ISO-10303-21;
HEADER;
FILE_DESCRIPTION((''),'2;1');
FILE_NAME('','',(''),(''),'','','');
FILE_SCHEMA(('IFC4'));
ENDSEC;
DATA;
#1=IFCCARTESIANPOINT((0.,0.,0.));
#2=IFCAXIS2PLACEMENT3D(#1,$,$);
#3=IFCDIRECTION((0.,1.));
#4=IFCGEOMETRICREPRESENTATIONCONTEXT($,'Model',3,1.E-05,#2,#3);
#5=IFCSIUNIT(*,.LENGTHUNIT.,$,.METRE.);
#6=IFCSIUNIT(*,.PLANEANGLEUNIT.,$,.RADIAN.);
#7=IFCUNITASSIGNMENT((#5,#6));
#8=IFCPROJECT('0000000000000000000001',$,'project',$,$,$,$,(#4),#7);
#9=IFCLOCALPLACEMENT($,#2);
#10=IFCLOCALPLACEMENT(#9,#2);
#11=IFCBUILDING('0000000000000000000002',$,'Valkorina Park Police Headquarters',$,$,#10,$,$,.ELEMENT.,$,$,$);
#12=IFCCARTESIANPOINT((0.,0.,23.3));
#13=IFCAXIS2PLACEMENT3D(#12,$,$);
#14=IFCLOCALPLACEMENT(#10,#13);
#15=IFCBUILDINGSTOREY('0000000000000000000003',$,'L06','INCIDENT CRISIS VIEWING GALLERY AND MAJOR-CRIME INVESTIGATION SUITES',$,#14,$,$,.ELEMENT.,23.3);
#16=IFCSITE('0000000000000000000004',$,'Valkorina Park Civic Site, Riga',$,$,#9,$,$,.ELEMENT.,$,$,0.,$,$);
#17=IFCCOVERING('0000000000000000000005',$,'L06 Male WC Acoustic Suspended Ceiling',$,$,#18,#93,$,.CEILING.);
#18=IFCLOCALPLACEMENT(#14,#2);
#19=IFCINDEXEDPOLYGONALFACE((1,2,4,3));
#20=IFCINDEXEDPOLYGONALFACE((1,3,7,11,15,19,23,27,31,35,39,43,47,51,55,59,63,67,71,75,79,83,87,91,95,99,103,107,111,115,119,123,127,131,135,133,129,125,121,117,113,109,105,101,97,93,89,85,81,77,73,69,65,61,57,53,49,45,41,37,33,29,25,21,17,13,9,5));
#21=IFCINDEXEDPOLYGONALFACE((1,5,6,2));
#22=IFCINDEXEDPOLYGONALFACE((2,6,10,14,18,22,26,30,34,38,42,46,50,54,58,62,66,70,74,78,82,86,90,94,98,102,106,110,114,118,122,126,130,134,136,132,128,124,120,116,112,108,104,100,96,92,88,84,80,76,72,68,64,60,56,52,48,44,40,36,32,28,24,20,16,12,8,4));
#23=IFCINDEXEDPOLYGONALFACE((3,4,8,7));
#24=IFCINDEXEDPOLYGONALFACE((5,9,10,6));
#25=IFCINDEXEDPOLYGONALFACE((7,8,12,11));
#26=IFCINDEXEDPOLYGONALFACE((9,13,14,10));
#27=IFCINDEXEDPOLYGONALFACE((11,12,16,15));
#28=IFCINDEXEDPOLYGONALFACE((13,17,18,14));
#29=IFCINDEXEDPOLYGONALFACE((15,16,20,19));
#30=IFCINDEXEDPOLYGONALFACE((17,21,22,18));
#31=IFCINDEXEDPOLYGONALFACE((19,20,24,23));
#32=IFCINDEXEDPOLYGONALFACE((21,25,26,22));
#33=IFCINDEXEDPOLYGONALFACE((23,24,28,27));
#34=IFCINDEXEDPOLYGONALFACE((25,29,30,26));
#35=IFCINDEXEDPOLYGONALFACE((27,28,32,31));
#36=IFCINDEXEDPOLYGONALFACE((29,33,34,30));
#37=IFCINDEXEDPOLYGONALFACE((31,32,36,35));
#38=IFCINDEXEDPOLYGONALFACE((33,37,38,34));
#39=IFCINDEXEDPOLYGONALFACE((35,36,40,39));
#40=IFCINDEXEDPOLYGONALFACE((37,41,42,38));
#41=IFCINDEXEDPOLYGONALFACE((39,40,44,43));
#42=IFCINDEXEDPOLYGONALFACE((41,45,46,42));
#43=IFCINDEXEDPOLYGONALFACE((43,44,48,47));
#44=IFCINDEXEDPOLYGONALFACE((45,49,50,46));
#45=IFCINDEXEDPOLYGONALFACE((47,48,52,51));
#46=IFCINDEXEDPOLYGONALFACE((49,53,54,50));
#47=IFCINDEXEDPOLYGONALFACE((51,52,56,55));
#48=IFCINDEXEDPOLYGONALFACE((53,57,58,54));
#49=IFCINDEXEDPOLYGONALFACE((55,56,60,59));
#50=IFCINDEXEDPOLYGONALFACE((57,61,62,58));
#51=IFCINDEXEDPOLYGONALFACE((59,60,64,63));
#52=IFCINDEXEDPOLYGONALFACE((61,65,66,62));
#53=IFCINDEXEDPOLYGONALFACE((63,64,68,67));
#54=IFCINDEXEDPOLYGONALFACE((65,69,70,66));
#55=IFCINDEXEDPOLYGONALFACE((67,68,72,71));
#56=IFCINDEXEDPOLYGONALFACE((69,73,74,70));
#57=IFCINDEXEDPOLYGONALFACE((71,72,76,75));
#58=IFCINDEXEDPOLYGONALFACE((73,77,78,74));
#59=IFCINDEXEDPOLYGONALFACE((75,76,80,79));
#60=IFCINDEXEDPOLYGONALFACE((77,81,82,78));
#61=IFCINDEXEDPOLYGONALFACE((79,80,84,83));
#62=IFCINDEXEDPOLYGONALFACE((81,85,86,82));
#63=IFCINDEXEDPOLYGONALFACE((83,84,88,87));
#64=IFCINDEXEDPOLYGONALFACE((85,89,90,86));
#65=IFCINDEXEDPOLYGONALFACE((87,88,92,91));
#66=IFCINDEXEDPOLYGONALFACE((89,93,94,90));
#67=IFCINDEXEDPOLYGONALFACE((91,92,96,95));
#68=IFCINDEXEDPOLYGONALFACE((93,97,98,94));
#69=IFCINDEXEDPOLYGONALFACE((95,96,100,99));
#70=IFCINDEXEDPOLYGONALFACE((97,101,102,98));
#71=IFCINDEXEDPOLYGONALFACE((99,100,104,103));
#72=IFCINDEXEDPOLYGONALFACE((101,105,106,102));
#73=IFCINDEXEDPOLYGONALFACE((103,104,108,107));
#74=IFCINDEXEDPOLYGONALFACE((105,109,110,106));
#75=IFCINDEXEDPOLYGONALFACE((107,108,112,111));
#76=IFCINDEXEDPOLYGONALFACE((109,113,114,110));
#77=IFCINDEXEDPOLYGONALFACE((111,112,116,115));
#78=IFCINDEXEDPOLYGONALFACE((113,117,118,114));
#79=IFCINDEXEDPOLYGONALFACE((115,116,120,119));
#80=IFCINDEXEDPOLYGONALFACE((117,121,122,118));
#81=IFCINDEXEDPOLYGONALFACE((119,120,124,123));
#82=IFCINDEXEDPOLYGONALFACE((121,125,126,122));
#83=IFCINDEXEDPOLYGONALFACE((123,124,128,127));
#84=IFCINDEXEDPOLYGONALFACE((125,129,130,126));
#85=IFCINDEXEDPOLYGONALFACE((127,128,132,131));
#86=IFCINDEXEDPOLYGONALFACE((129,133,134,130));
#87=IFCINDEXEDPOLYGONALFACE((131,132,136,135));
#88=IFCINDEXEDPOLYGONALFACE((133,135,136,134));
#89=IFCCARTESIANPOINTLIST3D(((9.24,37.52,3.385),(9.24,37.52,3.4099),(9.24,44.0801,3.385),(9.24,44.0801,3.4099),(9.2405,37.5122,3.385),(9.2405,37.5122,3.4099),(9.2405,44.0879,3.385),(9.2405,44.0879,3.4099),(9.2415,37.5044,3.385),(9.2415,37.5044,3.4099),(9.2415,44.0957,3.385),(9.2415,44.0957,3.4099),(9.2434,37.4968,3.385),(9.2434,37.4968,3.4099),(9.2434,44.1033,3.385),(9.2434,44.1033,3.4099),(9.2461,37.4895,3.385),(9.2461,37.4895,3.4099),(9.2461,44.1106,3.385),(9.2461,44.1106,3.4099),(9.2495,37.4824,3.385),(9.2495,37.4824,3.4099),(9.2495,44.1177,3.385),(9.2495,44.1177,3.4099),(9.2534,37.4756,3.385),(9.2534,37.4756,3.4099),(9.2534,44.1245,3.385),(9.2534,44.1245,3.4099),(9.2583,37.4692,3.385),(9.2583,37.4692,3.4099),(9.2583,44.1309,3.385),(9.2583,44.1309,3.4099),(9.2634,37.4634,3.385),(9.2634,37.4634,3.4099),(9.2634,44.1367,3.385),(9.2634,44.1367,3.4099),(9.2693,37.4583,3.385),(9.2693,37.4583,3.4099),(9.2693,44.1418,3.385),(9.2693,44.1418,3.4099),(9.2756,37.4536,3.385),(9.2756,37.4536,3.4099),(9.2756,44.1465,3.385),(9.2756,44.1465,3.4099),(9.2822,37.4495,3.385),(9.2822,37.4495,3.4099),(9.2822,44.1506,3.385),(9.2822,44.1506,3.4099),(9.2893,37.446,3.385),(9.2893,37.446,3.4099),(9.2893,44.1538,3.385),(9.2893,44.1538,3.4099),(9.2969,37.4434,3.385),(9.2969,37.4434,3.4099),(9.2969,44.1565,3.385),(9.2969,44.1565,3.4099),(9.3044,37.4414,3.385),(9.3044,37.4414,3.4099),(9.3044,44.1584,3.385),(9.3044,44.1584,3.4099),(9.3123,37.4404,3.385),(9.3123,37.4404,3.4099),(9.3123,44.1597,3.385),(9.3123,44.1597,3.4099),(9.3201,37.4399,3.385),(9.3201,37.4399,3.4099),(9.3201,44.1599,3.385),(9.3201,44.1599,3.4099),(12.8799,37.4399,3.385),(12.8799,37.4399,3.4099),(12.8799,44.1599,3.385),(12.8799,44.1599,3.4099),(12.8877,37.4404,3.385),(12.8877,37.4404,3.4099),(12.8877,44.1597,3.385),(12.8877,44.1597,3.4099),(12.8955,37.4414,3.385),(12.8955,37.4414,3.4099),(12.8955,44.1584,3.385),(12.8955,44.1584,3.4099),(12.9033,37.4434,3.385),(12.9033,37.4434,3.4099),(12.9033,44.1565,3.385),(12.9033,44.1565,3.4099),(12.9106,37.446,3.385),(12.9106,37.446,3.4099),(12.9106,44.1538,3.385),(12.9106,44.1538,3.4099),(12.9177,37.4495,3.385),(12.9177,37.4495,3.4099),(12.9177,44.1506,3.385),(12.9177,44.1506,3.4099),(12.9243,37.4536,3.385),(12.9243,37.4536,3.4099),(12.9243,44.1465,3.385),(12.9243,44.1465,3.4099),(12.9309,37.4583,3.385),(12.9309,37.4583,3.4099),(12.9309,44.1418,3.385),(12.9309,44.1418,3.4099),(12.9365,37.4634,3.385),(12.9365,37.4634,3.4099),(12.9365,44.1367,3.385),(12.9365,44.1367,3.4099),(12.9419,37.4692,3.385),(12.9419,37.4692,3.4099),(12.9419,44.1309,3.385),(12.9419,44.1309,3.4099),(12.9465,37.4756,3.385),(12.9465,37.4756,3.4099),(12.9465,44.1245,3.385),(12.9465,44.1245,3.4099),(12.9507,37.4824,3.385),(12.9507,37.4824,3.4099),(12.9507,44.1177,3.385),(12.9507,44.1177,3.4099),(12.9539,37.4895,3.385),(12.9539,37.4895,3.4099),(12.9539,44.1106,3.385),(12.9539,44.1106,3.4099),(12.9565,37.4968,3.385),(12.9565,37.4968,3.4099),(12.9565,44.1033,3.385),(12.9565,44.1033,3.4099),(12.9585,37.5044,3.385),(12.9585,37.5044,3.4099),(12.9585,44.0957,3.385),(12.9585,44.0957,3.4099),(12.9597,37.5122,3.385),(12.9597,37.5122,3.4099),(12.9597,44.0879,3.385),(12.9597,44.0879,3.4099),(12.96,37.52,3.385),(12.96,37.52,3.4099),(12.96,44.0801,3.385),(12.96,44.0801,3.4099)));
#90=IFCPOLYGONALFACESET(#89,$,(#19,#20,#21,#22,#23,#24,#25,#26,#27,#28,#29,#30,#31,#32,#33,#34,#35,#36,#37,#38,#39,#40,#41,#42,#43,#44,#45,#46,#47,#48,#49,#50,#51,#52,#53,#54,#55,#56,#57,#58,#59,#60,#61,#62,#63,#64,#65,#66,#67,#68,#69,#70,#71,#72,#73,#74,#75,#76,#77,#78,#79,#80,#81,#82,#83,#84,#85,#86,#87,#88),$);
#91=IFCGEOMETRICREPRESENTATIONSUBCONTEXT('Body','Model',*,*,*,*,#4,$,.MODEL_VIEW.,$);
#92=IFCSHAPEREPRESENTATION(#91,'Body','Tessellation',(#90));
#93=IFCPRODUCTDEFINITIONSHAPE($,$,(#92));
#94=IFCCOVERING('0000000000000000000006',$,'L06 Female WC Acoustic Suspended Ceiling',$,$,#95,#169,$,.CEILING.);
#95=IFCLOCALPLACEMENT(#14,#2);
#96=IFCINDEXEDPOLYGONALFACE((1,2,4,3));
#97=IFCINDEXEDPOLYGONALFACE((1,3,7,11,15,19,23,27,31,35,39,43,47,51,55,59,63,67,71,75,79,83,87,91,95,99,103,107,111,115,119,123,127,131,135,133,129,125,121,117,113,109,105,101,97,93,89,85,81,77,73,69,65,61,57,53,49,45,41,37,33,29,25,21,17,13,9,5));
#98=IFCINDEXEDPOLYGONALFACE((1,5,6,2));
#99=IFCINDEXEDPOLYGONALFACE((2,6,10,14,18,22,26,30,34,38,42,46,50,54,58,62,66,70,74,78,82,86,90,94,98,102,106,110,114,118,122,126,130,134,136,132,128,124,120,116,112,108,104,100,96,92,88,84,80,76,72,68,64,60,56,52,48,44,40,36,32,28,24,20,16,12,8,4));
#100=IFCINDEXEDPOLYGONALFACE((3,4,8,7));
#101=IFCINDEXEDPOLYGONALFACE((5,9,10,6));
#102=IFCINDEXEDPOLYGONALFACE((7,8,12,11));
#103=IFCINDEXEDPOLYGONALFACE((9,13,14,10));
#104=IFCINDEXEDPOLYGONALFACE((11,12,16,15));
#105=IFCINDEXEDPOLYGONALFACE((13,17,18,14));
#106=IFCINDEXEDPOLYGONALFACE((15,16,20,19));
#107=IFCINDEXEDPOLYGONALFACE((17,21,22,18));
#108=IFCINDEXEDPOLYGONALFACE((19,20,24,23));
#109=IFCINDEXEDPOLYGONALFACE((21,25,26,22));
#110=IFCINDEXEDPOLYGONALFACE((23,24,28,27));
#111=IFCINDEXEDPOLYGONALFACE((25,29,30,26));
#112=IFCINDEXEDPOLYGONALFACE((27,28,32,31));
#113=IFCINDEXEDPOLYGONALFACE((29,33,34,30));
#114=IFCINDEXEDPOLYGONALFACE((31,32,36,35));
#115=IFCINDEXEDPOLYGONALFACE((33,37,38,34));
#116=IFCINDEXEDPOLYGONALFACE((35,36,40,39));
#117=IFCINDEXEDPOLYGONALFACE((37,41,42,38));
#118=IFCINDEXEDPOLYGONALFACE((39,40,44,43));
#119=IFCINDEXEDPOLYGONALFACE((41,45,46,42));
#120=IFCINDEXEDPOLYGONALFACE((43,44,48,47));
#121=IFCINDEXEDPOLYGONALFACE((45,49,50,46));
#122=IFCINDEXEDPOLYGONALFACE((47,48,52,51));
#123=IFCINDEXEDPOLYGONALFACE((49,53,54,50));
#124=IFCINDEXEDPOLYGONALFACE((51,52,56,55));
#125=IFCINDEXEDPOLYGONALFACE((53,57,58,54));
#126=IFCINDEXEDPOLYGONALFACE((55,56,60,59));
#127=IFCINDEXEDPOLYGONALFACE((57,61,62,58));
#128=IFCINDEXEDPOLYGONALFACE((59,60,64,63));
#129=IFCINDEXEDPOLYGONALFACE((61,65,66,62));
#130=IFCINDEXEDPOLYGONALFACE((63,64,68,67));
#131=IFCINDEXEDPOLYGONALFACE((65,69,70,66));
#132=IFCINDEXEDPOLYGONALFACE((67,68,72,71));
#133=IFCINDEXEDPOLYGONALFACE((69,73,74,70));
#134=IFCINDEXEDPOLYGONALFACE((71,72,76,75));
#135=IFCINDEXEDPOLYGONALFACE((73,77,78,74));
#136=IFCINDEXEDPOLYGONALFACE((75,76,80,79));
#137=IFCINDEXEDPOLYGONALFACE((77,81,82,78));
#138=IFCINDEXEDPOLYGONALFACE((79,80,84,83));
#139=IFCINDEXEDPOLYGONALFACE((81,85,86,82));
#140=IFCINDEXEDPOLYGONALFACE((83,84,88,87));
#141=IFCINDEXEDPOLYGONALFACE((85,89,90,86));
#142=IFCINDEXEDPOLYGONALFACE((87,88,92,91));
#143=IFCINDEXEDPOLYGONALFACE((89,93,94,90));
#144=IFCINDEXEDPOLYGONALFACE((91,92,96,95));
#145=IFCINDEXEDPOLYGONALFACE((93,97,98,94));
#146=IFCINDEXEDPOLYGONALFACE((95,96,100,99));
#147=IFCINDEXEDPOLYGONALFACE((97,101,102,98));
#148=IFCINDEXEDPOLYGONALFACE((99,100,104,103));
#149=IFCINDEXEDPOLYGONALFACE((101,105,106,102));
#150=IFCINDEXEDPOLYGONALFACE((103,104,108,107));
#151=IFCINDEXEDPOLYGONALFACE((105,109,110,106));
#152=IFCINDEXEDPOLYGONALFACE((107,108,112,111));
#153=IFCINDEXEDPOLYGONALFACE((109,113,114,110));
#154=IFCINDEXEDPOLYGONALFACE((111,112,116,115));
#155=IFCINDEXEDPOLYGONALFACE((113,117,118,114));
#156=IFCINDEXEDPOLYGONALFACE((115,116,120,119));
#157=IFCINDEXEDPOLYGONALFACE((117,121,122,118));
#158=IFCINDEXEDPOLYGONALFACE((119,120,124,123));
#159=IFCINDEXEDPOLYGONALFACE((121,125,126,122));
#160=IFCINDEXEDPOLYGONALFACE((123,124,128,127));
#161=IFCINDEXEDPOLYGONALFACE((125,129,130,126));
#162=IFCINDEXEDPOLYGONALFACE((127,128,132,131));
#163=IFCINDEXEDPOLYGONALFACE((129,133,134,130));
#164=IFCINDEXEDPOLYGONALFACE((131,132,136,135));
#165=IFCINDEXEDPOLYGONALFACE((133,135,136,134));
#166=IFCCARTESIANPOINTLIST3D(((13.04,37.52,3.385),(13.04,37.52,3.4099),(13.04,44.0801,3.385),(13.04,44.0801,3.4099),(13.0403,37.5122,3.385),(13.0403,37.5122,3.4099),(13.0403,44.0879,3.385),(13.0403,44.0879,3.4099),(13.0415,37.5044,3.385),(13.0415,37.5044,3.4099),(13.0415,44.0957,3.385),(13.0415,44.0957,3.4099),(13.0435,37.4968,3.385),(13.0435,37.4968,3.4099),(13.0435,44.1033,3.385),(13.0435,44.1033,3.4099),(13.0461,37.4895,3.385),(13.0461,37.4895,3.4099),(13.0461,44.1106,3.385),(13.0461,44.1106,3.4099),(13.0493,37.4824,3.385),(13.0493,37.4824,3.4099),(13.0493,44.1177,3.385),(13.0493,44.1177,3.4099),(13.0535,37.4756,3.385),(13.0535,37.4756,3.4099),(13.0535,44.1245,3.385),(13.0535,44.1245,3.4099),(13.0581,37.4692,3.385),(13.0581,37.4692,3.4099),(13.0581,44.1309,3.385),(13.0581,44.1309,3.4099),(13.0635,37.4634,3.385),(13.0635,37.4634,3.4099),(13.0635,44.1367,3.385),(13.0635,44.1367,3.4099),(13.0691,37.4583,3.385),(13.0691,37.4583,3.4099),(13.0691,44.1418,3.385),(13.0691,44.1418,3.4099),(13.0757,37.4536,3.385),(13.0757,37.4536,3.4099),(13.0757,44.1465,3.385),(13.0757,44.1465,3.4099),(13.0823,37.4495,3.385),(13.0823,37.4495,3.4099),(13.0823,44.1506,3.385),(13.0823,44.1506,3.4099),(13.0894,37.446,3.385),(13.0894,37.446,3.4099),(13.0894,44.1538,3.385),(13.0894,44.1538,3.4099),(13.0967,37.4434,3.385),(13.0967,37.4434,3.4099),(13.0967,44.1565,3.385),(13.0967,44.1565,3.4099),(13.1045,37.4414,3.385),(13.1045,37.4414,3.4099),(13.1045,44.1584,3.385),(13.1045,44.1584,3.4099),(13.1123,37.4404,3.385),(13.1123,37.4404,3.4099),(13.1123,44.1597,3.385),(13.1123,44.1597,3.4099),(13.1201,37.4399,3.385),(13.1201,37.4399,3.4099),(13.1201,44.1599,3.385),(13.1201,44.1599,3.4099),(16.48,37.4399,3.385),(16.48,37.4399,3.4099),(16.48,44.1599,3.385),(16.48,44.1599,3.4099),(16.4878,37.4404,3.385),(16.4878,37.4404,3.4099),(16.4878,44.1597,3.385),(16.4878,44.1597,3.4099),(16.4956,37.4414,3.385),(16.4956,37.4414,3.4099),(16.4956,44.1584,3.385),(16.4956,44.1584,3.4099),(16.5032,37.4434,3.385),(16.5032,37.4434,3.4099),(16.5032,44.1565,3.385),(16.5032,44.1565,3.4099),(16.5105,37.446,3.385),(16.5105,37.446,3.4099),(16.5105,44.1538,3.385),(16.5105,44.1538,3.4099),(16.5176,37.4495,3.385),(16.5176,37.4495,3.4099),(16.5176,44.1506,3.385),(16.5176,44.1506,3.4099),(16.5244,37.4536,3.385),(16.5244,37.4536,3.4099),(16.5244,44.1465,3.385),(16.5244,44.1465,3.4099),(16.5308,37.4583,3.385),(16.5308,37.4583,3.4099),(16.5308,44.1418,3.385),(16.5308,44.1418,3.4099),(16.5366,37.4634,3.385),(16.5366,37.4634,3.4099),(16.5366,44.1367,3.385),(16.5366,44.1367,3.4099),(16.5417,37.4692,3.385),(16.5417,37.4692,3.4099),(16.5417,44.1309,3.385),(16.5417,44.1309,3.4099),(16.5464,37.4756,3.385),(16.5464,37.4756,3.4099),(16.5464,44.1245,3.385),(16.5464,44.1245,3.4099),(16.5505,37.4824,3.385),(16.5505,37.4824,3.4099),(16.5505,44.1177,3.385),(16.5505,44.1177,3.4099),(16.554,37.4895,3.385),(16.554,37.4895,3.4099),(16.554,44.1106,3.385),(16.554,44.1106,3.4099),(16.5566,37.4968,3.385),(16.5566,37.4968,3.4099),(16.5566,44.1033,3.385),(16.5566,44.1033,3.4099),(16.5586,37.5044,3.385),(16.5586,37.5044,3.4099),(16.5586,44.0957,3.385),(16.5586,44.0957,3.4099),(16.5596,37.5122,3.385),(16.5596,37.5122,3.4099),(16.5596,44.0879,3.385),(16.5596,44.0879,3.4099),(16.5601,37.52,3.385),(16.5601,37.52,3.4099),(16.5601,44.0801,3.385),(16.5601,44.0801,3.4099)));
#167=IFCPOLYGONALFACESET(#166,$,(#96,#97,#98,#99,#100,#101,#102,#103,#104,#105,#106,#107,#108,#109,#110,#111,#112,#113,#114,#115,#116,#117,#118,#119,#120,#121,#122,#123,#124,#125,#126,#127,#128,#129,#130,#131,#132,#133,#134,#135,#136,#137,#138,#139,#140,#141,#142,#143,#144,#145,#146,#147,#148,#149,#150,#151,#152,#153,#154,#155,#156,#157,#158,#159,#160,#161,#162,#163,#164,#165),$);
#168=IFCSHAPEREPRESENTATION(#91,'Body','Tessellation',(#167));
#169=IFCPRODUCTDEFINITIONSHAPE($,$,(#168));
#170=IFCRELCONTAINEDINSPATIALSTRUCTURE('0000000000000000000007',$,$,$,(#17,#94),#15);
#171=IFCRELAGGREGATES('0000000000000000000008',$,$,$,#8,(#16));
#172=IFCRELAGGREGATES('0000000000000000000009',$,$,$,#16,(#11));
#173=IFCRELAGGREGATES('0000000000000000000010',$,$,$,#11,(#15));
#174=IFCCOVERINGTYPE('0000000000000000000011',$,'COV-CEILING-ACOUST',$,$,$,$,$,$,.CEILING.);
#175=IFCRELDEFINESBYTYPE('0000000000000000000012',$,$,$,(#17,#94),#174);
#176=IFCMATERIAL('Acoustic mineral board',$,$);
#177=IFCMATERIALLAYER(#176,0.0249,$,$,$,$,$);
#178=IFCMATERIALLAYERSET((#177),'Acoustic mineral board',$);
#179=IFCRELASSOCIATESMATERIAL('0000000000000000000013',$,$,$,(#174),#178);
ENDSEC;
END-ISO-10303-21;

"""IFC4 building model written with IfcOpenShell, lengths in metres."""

from ifc_helpers import new_model, si_unit, direction, frame, origin, place, context, subcontext, project, spatial, polyline, outline, extrude, material, layer, layer_set, type_object, element, save


model = new_model("IFC4")

# Units and contexts
model_context = context("Model", 3, precision=1e-05, world=origin(), true_north=direction((0.0, 1.0)))
body_context = subcontext(model_context, "Body", "Model", "MODEL_VIEW")
ifc_project = project(units=[si_unit("LENGTHUNIT", "METRE"), si_unit("PLANEANGLEUNIT", "RADIAN")], contexts=[model_context])

# Site, building, storey
site_placement = place(None, origin())
site = spatial("IfcSite", under=ifc_project, at=site_placement, Name="Valkorina Park Civic Site, Riga", CompositionType="ELEMENT", RefElevation=0.0)
building_placement = place(site_placement, origin())
building = spatial("IfcBuilding", under=site, at=building_placement, Name="Valkorina Park Police Headquarters", CompositionType="ELEMENT")
storey_placement = place(building_placement, frame((0.0, 0.0, 23.3)))
storey = spatial("IfcBuildingStorey", under=building, at=storey_placement, Name="L06", Description="INCIDENT CRISIS VIEWING GALLERY AND MAJOR-CRIME INVESTIGATION SUITES", CompositionType="ELEMENT", Elevation=23.3)

# Coverings
ifc_material_1 = material(Name="Acoustic mineral board")
ifc_layer_1 = layer(ifc_material_1, 0.0249)
ifc_layer_set_1 = layer_set([ifc_layer_1], Name="Acoustic mineral board")
covering_type_1 = type_object("IfcCoveringType", Name="COV-CEILING-ACOUST", PredefinedType="CEILING", material=ifc_layer_set_1)
covering_1_placement = place(storey_placement, frame((0.0, 0.0, 3.385)))
element("IfcCovering", 1, at=covering_1_placement, inside=storey, type_object=covering_type_1, Name="L06 Male WC Acoustic Suspended Ceiling", PredefinedType="CEILING", context=body_context, shape_type="SweptSolid", body=[
    extrude(outline(polyline([(12.8955, 44.1584), (12.8877, 44.1597), (12.8799, 44.1599), (9.3201, 44.1599), (9.3123, 44.1597), (9.3044, 44.1584), (9.2969, 44.1565), (9.2893, 44.1538), (9.2822, 44.1506), (9.2756, 44.1465), (9.2693, 44.1418), (9.2634, 44.1367), (9.2583, 44.1309), (9.2534, 44.1245), (9.2495, 44.1177), (9.2461, 44.1106), (9.2434, 44.1033), (9.2415, 44.0957), (9.2405, 44.0879), (9.24, 44.0801), (9.24, 37.52), (9.2405, 37.5122), (9.2415, 37.5044), (9.2434, 37.4968), (9.2461, 37.4895), (9.2495, 37.4824), (9.2534, 37.4756), (9.2583, 37.4692), (9.2634, 37.4634), (9.2693, 37.4583), (9.2756, 37.4536), (9.2822, 37.4495), (9.2893, 37.446), (9.2969, 37.4434), (9.3044, 37.4414), (9.3123, 37.4404), (9.3201, 37.4399), (12.8799, 37.4399), (12.8877, 37.4404), (12.8955, 37.4414), (12.9033, 37.4434), (12.9106, 37.446), (12.9177, 37.4495), (12.9243, 37.4536), (12.9309, 37.4583), (12.9365, 37.4634), (12.9419, 37.4692), (12.9465, 37.4756), (12.9507, 37.4824), (12.9539, 37.4895), (12.9565, 37.4968), (12.9585, 37.5044), (12.9597, 37.5122), (12.96, 37.52), (12.96, 44.0801), (12.9597, 44.0879), (12.9585, 44.0957), (12.9565, 44.1033), (12.9539, 44.1106), (12.9507, 44.1177), (12.9465, 44.1245), (12.9419, 44.1309), (12.9365, 44.1367), (12.9309, 44.1418), (12.9243, 44.1465), (12.9177, 44.1506), (12.9106, 44.1538), (12.9033, 44.1565), (12.8955, 44.1584)])), origin(), (0.0, 0.0, 1.0), 0.0249),
])
covering_2_placement = place(storey_placement, frame((0.0, 0.0, 3.385)))
element("IfcCovering", 2, at=covering_2_placement, inside=storey, type_object=covering_type_1, Name="L06 Female WC Acoustic Suspended Ceiling", PredefinedType="CEILING", context=body_context, shape_type="SweptSolid", body=[
    extrude(outline(polyline([(16.4956, 44.1584), (16.4878, 44.1597), (16.48, 44.1599), (13.1201, 44.1599), (13.1123, 44.1597), (13.1045, 44.1584), (13.0967, 44.1565), (13.0894, 44.1538), (13.0823, 44.1506), (13.0757, 44.1465), (13.0691, 44.1418), (13.0635, 44.1367), (13.0581, 44.1309), (13.0535, 44.1245), (13.0493, 44.1177), (13.0461, 44.1106), (13.0435, 44.1033), (13.0415, 44.0957), (13.0403, 44.0879), (13.04, 44.0801), (13.04, 37.52), (13.0403, 37.5122), (13.0415, 37.5044), (13.0435, 37.4968), (13.0461, 37.4895), (13.0493, 37.4824), (13.0535, 37.4756), (13.0581, 37.4692), (13.0635, 37.4634), (13.0691, 37.4583), (13.0757, 37.4536), (13.0823, 37.4495), (13.0894, 37.446), (13.0967, 37.4434), (13.1045, 37.4414), (13.1123, 37.4404), (13.1201, 37.4399), (16.48, 37.4399), (16.4878, 37.4404), (16.4956, 37.4414), (16.5032, 37.4434), (16.5105, 37.446), (16.5176, 37.4495), (16.5244, 37.4536), (16.5308, 37.4583), (16.5366, 37.4634), (16.5417, 37.4692), (16.5464, 37.4756), (16.5505, 37.4824), (16.554, 37.4895), (16.5566, 37.4968), (16.5586, 37.5044), (16.5596, 37.5122), (16.5601, 37.52), (16.5601, 44.0801), (16.5596, 44.0879), (16.5586, 44.0957), (16.5566, 44.1033), (16.554, 44.1106), (16.5505, 44.1177), (16.5464, 44.1245), (16.5417, 44.1309), (16.5366, 44.1367), (16.5308, 44.1418), (16.5244, 44.1465), (16.5176, 44.1506), (16.5105, 44.1538), (16.5032, 44.1565), (16.4956, 44.1584)])), origin(), (0.0, 0.0, 1.0), 0.0249),
])

save(model, "model.ifc")
